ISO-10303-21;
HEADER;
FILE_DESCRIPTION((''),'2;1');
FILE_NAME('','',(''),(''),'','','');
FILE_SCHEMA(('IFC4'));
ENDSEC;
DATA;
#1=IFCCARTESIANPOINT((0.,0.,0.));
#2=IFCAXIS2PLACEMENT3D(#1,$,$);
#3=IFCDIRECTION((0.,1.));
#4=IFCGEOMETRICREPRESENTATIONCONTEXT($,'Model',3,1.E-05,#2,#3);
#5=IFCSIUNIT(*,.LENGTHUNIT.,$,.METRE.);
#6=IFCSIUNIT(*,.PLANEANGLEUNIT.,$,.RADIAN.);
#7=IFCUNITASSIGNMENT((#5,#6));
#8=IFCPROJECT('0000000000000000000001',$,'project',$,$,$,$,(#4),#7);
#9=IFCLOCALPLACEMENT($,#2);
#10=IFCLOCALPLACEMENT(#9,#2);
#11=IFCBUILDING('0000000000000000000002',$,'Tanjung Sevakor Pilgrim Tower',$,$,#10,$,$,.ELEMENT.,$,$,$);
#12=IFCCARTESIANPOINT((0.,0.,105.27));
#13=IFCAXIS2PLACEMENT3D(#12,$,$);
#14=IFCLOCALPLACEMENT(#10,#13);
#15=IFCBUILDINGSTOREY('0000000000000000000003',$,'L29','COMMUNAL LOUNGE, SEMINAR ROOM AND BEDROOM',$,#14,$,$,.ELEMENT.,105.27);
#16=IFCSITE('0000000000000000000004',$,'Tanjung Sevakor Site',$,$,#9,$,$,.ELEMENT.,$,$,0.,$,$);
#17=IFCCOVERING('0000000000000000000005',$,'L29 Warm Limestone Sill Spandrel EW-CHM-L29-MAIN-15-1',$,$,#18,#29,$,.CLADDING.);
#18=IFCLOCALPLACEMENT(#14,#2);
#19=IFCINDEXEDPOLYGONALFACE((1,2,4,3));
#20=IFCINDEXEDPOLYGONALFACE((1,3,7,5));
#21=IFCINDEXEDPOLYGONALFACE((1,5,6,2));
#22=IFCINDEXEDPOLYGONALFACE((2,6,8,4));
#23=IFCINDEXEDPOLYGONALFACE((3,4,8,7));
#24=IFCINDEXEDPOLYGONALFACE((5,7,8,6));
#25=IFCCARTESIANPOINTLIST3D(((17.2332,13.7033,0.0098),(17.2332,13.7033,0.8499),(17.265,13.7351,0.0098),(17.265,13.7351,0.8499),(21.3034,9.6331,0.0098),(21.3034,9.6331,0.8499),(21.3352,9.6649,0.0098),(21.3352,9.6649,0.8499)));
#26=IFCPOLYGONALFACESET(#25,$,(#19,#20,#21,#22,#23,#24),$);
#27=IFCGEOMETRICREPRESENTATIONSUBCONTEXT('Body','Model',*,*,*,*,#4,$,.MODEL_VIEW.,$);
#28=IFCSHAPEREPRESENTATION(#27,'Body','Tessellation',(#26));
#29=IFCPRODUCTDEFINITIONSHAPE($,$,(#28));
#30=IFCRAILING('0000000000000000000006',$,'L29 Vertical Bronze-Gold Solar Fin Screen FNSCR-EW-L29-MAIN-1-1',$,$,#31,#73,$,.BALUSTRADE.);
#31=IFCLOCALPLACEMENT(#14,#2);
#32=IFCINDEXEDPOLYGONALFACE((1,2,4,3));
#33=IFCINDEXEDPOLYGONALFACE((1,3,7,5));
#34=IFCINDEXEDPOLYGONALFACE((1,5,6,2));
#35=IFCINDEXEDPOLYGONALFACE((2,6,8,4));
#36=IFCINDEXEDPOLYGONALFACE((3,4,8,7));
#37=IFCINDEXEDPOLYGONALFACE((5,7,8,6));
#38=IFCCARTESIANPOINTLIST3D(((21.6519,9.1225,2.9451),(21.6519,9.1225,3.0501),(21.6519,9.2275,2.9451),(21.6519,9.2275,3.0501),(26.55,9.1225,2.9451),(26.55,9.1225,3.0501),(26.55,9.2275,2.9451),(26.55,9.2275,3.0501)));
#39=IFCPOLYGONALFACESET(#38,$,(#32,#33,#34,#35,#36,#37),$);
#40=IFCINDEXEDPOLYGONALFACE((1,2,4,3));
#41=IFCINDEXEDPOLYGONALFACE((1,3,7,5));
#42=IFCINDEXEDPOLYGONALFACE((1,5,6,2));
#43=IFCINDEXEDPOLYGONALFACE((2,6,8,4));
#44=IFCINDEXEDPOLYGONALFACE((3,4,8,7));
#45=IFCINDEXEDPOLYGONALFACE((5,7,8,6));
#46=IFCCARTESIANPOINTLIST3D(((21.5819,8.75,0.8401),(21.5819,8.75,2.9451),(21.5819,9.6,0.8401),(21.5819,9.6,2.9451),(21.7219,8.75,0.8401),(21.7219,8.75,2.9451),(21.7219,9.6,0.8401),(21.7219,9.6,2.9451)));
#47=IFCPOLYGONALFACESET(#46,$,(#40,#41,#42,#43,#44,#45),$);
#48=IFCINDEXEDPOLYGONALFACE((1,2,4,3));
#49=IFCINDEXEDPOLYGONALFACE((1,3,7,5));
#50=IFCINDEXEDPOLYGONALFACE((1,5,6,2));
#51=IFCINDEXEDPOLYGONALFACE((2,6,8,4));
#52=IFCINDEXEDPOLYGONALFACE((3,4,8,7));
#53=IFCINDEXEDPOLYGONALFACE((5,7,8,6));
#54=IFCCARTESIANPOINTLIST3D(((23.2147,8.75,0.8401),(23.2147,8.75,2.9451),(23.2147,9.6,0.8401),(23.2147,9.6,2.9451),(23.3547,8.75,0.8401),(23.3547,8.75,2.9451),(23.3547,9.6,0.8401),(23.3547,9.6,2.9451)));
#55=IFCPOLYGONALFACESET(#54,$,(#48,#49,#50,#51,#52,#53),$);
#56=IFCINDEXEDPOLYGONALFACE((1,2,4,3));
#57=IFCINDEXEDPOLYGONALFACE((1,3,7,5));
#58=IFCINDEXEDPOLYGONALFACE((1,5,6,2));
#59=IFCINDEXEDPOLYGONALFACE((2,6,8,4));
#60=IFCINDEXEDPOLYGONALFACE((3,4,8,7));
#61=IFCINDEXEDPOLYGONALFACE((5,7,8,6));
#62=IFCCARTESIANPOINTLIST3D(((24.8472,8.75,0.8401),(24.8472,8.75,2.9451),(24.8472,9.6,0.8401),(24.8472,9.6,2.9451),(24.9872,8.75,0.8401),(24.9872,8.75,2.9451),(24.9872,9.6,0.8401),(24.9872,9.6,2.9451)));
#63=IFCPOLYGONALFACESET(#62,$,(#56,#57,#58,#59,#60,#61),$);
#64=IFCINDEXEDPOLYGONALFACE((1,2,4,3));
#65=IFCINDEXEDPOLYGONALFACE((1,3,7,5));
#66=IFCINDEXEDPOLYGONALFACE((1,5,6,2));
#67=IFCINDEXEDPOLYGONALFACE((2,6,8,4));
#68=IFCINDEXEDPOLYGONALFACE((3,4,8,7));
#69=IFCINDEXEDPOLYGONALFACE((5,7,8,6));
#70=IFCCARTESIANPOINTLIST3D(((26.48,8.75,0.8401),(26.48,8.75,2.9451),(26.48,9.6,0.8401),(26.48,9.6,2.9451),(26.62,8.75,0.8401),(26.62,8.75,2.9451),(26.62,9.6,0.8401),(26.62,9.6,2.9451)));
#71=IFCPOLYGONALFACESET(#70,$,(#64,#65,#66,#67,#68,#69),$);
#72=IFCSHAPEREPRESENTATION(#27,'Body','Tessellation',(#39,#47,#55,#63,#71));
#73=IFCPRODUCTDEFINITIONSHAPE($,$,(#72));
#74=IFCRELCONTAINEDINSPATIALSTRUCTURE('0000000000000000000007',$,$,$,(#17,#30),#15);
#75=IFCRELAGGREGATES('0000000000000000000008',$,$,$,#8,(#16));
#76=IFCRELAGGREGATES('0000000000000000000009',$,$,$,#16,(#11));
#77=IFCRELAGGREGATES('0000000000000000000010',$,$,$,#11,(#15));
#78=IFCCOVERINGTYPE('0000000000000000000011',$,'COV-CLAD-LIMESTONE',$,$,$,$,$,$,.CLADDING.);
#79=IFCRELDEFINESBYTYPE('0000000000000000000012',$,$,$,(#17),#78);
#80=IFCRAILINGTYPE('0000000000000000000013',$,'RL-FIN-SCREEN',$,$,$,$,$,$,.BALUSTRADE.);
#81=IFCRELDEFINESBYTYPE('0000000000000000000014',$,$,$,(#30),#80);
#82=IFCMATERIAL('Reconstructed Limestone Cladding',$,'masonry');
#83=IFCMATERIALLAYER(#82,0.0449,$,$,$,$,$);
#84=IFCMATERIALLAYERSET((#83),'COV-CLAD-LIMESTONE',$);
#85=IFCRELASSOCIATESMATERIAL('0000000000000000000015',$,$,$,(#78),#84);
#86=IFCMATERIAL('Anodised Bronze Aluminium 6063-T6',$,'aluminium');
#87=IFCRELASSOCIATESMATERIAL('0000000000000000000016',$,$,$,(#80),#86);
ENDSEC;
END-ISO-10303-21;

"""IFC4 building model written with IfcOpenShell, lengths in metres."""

from ifc_helpers import new_model, si_unit, direction, frame, origin, origin_2d, place, context, subcontext, project, spatial, rectangle, extrude, material, layer, layer_set, type_object, element, save


model = new_model("IFC4")

# Units and contexts
model_context = context("Model", 3, precision=1e-05, world=origin(), true_north=direction((0.0, 1.0)))
body_context = subcontext(model_context, "Body", "Model", "MODEL_VIEW")
ifc_project = project(units=[si_unit("LENGTHUNIT", "METRE"), si_unit("PLANEANGLEUNIT", "RADIAN")], contexts=[model_context])

# Site, building, storey
site_placement = place(None, origin())
site = spatial("IfcSite", under=ifc_project, at=site_placement, Name="Tanjung Sevakor Site", CompositionType="ELEMENT", RefElevation=0.0)
building_placement = place(site_placement, origin())
building = spatial("IfcBuilding", under=site, at=building_placement, Name="Tanjung Sevakor Pilgrim Tower", CompositionType="ELEMENT")
storey_placement = place(building_placement, frame((0.0, 0.0, 105.27)))
storey = spatial("IfcBuildingStorey", under=building, at=storey_placement, Name="L29", Description="COMMUNAL LOUNGE, SEMINAR ROOM AND BEDROOM", CompositionType="ELEMENT", Elevation=105.27)

# Covering
ifc_material_1 = material(Name="Reconstructed Limestone Cladding", Category="masonry")
ifc_layer_1 = layer(ifc_material_1, 0.0449)
ifc_layer_set_1 = layer_set([ifc_layer_1], Name="COV-CLAD-LIMESTONE")
covering_type = type_object("IfcCoveringType", Name="COV-CLAD-LIMESTONE", PredefinedType="CLADDING", material=ifc_layer_set_1)
covering_1_placement = place(storey_placement, frame((19.2842, 11.6841, 0.0098), z_axis=(0.0, 0.0, 1.0), x_axis=(0.707107, -0.707107, 0.0)))
element("IfcCovering", 1, at=covering_1_placement, inside=storey, type_object=covering_type, Name="L29 Warm Limestone Sill Spandrel EW-CHM-L29-MAIN-15-1", PredefinedType="CLADDING", context=body_context, shape_type="SweptSolid", body=[
    extrude(rectangle(XDim=5.7561, YDim=0.0449, at=origin_2d()), origin(), (0.0, 0.0, 1.0), 0.8401),
])

# Railing
ifc_material_2 = material(Name="Anodised Bronze Aluminium 6063-T6", Category="aluminium")
railing_type = type_object("IfcRailingType", Name="RL-FIN-SCREEN", PredefinedType="BALUSTRADE", material=ifc_material_2)
railing_placement = place(storey_placement, frame((21.6519, 9.175, 0.8401)))
element("IfcRailing", 2, at=railing_placement, inside=storey, type_object=railing_type, Name="L29 Vertical Bronze-Gold Solar Fin Screen FNSCR-EW-L29-MAIN-1-1", PredefinedType="BALUSTRADE", context=body_context, shape_type="SweptSolid", body=[
    extrude(rectangle(XDim=0.105, YDim=0.105), frame((0.0, 0.0, 2.1575), z_axis=(1.0, 0.0, 0.0), x_axis=(0.0, 1.0, 0.0)), (0.0, 0.0, 1.0), 4.8982),
    extrude(rectangle(XDim=0.14, YDim=0.85), origin(), (0.0, 0.0, 1.0), 2.105),
    extrude(rectangle(XDim=0.14, YDim=0.85), frame((1.6328, 0.0, 0.0)), (0.0, 0.0, 1.0), 2.105),
    extrude(rectangle(XDim=0.14, YDim=0.85), frame((3.2654, 0.0, 0.0)), (0.0, 0.0, 1.0), 2.105),
    extrude(rectangle(XDim=0.14, YDim=0.85), frame((4.8982, 0.0, 0.0)), (0.0, 0.0, 1.0), 2.105),
])

save(model, "model.ifc")
